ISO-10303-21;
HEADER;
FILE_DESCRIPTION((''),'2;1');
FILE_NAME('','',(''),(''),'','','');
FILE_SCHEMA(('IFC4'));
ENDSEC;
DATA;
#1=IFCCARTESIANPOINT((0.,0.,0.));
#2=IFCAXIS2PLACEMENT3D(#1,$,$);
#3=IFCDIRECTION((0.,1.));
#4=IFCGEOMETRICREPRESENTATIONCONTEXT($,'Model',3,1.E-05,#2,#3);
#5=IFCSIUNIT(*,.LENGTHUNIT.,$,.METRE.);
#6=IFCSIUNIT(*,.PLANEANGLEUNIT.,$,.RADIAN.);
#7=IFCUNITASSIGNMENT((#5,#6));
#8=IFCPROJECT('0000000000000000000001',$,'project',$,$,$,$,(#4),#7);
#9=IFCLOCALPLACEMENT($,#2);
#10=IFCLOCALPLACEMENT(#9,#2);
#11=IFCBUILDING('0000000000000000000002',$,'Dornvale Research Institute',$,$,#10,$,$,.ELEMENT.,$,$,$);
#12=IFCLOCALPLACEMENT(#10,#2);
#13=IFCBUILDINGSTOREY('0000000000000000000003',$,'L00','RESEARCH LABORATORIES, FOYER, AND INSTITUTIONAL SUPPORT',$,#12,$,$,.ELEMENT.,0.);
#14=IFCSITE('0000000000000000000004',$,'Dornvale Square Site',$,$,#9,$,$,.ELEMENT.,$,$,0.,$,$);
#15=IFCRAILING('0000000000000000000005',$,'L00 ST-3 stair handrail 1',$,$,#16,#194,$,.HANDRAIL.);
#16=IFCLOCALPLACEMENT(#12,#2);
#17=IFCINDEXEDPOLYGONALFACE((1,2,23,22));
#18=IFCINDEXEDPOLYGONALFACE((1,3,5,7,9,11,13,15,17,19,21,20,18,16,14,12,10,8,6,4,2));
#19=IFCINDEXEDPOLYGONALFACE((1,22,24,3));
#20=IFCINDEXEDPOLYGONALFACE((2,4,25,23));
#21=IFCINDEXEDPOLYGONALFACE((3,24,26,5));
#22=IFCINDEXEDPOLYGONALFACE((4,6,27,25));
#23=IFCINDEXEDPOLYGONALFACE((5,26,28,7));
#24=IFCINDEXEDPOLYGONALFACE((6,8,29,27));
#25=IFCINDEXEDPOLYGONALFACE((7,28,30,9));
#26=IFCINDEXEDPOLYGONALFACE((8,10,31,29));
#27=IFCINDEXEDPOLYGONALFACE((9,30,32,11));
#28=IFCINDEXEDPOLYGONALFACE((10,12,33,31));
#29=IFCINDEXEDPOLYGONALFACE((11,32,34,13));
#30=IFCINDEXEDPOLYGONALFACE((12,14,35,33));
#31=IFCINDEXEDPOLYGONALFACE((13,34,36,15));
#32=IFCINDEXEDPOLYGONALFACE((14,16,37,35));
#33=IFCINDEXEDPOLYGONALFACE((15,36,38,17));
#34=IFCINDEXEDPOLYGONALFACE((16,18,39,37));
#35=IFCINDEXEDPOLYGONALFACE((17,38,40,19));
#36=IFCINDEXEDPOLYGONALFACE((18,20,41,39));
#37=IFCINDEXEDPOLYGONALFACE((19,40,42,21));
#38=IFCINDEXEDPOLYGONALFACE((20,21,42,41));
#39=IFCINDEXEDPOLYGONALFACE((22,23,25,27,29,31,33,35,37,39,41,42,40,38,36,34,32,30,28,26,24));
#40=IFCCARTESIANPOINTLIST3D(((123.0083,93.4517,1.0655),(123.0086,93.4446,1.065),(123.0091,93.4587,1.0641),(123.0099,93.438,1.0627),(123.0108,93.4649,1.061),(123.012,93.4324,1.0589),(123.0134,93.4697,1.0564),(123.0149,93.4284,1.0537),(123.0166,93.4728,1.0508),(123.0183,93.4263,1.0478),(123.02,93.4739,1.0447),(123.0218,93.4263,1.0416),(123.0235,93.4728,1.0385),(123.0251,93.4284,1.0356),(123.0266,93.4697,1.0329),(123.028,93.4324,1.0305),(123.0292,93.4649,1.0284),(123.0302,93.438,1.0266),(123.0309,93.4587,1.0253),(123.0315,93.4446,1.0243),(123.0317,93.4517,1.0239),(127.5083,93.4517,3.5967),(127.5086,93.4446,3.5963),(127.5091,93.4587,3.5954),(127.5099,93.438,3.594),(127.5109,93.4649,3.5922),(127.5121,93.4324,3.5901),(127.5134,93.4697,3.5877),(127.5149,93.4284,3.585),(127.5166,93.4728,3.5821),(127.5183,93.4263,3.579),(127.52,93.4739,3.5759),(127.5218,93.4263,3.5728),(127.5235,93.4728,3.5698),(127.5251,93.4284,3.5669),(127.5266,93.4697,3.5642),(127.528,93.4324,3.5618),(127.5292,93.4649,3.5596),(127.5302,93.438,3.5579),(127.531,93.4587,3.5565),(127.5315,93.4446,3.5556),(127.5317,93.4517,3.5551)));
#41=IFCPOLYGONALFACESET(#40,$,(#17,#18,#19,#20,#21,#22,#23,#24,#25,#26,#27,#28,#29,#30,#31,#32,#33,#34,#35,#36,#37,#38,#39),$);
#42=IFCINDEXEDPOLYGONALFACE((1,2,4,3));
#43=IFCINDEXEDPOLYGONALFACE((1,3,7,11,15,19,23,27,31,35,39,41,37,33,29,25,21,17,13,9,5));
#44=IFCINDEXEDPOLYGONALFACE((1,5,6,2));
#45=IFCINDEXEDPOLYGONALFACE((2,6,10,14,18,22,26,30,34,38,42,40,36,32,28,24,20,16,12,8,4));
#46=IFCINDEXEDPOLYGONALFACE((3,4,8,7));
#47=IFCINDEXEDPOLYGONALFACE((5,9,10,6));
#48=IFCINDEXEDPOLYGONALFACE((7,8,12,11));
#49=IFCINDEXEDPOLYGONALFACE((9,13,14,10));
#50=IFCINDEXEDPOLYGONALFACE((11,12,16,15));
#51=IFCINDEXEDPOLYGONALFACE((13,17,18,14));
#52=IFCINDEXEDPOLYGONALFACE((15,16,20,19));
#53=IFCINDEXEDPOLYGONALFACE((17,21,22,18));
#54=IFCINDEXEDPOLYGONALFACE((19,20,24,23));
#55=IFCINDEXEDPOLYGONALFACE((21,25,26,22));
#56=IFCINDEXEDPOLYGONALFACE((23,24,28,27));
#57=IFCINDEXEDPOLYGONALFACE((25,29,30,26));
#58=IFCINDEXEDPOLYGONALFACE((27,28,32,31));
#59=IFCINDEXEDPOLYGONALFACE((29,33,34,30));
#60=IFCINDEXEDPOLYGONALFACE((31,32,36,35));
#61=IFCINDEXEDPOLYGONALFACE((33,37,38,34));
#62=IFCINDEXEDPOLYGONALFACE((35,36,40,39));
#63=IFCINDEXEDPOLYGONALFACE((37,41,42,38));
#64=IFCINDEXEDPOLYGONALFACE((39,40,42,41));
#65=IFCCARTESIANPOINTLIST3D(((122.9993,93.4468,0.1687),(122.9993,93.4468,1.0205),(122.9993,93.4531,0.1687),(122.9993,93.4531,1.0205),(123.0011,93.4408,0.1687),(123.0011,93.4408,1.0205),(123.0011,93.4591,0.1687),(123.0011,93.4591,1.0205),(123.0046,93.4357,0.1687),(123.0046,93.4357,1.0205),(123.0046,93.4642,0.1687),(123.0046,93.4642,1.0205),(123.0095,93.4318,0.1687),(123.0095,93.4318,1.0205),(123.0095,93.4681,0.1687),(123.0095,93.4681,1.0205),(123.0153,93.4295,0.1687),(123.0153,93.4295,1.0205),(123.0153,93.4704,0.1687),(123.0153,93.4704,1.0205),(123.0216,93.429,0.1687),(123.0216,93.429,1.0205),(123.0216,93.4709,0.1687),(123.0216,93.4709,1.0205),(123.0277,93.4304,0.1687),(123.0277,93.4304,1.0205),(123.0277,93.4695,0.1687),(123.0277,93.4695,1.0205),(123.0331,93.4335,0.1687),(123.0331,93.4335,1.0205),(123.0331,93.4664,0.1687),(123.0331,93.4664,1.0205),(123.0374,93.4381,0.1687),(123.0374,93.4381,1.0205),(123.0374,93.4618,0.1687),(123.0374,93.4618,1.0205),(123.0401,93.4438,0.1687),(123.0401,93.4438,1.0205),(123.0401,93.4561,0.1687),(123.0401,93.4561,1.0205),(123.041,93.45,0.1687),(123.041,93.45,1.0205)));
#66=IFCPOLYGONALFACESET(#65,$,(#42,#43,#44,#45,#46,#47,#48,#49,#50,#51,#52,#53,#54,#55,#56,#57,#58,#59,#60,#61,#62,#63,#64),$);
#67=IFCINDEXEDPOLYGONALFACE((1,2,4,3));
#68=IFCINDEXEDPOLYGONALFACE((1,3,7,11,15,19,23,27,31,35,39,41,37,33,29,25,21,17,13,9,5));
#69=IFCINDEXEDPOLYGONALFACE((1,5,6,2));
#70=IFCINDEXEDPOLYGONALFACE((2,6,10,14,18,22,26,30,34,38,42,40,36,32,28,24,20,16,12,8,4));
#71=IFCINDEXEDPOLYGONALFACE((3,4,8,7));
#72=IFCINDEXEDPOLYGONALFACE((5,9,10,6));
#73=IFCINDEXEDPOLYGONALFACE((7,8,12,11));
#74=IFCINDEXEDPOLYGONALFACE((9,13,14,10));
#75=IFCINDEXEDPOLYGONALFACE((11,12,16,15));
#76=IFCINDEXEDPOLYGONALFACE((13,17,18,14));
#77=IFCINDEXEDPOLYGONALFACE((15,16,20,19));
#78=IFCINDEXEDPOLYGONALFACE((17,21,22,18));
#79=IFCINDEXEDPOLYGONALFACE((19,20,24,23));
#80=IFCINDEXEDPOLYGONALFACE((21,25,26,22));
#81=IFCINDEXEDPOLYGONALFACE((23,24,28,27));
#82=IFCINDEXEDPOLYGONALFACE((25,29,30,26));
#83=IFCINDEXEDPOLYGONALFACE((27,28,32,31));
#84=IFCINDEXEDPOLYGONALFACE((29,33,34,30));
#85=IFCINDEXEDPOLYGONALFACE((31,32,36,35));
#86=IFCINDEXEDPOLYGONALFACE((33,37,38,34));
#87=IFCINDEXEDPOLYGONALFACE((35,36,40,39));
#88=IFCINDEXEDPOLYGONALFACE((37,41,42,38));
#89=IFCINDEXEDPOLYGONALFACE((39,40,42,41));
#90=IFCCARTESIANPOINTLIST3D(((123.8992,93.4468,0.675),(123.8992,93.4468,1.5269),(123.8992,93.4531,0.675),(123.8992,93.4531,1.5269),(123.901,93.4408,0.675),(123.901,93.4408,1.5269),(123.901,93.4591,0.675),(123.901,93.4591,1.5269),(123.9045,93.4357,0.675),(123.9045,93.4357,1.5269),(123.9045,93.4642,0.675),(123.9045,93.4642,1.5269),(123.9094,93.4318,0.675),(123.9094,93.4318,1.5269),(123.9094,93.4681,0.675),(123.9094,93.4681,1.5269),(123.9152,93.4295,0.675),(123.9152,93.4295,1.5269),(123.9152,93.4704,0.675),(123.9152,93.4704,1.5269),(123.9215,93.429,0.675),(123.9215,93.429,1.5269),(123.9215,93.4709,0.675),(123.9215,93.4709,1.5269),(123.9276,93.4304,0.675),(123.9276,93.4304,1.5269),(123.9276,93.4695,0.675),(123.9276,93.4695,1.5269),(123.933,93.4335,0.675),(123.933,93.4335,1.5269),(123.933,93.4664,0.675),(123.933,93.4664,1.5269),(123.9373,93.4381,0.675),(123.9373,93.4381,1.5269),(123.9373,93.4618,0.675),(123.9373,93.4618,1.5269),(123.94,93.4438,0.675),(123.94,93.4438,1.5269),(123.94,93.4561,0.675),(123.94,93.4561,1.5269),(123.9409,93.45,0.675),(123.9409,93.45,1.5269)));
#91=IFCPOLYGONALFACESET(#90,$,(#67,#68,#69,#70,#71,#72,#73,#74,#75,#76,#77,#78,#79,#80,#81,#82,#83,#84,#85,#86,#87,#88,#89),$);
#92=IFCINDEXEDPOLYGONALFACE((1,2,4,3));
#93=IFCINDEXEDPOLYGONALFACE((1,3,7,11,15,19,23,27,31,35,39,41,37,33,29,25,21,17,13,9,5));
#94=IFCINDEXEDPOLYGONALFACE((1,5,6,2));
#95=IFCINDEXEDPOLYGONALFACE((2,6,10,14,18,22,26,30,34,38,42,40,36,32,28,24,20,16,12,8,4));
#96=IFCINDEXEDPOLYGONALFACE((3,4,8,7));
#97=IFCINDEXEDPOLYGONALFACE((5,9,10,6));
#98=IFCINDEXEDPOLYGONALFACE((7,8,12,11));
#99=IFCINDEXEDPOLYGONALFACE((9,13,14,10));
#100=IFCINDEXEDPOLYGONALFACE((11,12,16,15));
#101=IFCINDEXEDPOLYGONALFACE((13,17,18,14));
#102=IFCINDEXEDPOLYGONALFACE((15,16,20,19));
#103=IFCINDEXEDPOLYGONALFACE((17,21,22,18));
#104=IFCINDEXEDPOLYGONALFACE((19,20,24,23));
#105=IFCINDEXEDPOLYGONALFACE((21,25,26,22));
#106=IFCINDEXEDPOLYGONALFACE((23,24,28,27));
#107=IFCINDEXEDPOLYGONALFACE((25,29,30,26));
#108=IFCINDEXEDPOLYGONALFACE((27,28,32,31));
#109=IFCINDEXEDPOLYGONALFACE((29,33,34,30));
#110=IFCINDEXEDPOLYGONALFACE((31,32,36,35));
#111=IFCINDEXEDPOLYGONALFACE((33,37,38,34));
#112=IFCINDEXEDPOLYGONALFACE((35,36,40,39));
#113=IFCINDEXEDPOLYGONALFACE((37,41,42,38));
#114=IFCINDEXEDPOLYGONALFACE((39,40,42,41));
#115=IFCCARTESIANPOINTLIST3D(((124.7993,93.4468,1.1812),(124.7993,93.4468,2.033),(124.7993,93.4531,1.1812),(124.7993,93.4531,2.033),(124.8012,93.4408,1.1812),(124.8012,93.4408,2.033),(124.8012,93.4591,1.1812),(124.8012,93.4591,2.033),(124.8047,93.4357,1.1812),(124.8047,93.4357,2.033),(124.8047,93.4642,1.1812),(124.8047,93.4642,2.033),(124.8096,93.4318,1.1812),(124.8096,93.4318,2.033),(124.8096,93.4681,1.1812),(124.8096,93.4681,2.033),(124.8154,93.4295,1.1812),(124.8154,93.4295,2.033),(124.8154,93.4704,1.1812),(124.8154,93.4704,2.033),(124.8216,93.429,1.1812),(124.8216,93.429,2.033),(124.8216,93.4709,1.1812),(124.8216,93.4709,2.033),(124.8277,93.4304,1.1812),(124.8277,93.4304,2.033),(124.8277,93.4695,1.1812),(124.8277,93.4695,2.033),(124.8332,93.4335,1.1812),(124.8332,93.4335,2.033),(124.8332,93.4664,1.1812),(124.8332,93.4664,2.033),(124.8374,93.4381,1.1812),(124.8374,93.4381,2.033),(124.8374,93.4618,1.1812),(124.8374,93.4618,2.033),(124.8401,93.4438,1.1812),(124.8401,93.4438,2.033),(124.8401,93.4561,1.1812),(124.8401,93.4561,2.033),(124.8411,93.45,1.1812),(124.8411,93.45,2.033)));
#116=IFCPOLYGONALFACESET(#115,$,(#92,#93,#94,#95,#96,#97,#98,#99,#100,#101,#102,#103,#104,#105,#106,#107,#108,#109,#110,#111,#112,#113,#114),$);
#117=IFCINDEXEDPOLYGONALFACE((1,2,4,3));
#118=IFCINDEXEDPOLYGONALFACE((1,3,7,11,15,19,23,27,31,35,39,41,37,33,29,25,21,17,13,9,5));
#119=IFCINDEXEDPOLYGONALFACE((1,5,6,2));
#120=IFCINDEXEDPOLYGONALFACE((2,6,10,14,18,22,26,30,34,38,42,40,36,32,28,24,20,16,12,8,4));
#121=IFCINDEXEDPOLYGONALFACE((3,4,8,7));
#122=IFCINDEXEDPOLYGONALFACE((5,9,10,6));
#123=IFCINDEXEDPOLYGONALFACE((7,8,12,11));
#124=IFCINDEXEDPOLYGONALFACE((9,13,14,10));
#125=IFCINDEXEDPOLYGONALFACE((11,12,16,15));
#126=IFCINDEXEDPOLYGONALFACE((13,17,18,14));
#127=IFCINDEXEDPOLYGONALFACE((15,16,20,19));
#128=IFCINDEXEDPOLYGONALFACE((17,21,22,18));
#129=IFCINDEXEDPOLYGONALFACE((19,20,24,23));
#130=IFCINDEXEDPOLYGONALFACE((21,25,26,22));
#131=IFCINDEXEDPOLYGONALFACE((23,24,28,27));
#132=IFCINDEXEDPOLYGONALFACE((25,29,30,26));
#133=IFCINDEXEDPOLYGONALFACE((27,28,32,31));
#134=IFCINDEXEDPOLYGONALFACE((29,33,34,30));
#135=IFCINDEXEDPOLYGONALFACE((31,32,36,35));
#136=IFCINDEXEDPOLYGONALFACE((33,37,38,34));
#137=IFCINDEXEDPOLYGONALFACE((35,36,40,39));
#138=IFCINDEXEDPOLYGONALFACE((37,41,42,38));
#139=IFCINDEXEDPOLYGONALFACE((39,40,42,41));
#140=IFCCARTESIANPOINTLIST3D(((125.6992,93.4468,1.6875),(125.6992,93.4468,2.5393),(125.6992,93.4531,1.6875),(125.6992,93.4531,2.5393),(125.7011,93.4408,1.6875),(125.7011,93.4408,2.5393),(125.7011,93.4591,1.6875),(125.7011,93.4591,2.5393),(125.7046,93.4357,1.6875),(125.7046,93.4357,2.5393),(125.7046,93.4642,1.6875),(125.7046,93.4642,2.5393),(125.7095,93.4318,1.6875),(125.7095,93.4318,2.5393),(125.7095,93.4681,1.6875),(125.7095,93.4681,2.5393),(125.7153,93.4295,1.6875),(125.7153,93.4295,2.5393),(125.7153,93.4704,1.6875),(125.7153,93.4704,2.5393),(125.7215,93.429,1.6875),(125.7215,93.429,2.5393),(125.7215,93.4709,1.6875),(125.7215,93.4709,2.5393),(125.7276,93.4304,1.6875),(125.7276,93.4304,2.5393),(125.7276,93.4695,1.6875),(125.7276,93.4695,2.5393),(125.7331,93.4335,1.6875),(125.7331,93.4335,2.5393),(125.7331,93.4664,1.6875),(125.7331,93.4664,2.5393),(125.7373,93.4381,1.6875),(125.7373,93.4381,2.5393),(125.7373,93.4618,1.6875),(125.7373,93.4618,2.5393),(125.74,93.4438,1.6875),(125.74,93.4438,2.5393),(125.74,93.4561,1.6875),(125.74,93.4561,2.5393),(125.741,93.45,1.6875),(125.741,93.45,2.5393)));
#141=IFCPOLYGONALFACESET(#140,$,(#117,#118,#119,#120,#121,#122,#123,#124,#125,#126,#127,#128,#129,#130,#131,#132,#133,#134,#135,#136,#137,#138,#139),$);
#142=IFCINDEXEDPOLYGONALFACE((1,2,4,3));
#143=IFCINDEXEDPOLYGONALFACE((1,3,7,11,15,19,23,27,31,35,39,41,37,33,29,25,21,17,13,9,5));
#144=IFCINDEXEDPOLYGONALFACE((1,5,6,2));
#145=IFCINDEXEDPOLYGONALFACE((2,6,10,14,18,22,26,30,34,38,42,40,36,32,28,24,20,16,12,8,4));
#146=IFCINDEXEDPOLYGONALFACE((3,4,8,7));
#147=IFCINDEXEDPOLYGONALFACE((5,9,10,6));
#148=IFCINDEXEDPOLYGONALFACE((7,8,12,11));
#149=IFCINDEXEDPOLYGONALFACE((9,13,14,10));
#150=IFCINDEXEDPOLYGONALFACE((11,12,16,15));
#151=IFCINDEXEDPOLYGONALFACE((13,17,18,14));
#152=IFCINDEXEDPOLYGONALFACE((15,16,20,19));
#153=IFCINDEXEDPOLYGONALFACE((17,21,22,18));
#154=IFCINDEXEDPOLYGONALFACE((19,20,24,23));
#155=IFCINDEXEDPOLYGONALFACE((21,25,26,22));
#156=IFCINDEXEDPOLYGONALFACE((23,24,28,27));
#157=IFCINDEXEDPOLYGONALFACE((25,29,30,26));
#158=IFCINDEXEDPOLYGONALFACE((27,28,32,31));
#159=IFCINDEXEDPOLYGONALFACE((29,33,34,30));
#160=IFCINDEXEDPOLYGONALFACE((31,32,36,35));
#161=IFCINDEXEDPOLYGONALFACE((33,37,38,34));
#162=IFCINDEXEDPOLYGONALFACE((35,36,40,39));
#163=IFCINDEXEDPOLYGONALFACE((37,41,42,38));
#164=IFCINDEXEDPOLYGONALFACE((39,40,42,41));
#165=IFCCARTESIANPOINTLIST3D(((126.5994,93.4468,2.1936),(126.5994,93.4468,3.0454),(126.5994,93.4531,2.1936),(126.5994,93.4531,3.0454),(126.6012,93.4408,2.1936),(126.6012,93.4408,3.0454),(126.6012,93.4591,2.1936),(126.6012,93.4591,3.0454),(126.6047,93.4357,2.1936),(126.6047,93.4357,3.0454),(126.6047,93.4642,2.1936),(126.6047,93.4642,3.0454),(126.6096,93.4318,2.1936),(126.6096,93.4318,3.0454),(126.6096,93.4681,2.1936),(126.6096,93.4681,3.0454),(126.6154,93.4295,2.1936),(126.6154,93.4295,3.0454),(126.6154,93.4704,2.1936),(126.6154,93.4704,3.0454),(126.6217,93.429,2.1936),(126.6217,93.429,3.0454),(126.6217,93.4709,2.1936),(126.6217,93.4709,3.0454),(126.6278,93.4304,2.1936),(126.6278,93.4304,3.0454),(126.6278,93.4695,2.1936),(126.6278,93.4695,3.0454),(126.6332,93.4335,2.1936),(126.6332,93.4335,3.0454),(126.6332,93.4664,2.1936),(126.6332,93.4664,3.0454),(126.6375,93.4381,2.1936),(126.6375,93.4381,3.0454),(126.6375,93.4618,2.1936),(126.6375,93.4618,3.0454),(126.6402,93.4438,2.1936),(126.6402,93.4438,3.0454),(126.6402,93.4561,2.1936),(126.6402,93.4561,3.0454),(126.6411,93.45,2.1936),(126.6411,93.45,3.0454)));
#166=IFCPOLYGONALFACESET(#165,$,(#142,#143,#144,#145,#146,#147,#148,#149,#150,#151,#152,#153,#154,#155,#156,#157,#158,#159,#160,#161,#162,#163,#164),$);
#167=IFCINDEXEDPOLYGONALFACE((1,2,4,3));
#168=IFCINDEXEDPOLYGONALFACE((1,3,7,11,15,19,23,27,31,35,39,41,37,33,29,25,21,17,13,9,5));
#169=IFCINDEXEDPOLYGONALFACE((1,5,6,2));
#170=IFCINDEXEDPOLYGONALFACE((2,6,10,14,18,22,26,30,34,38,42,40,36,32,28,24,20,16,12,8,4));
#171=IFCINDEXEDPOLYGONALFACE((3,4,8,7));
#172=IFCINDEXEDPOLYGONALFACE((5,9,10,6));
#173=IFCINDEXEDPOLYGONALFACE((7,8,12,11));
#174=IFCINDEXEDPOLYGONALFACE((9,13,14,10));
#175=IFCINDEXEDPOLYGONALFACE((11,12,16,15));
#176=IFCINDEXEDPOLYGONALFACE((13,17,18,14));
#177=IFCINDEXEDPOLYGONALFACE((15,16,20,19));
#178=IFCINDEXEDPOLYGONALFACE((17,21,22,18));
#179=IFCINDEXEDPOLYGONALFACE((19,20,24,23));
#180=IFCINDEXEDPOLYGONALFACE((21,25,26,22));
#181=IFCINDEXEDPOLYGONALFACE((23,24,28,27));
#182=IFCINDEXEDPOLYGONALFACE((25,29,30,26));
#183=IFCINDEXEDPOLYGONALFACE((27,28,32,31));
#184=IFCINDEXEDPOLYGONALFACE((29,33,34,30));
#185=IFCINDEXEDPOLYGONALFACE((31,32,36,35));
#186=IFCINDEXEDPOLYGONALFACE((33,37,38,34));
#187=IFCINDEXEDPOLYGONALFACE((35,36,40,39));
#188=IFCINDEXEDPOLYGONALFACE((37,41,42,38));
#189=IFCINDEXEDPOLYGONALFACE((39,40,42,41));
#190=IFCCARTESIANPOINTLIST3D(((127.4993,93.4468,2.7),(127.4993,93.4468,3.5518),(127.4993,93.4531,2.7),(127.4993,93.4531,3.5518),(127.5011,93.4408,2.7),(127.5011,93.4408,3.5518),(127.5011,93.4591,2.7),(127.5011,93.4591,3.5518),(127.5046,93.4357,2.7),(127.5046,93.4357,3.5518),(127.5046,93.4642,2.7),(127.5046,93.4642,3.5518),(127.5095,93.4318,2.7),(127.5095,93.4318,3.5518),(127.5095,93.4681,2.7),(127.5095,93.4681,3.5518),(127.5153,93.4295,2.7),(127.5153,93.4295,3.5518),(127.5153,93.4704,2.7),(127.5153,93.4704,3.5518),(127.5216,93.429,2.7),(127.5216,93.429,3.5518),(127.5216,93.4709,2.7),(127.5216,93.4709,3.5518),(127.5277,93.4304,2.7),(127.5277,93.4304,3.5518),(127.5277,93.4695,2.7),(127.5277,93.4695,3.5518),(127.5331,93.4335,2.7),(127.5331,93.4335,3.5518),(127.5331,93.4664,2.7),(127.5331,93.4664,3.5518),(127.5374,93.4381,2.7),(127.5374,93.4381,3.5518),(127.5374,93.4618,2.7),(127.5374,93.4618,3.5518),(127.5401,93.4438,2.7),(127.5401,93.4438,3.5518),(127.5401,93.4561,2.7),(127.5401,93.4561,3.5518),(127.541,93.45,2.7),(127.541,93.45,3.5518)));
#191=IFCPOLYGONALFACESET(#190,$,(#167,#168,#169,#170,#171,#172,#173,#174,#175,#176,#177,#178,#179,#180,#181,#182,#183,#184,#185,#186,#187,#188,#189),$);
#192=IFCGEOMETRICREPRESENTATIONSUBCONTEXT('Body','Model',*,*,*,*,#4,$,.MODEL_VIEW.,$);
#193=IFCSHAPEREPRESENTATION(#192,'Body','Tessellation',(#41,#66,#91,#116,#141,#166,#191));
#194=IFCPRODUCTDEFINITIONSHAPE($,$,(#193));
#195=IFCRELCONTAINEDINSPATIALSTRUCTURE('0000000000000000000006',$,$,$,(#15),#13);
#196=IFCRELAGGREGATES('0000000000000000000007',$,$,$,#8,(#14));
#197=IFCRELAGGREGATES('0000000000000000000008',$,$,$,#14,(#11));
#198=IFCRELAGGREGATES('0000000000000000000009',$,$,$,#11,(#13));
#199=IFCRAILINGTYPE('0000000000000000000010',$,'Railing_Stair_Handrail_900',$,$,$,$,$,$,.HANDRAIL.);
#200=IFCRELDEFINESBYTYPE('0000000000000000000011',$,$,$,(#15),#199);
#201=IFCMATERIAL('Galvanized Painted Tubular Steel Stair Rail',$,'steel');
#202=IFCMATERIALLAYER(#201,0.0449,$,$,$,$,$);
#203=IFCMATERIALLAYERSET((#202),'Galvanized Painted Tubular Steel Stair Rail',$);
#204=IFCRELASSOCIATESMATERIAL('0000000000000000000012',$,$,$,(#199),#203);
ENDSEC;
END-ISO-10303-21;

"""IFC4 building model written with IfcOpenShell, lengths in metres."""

from ifc_helpers import new_model, si_unit, direction, frame, origin, origin_2d, place, context, subcontext, project, spatial, circle, extrude, material, layer, layer_set, type_object, element, save


model = new_model("IFC4")

# Units and contexts
model_context = context("Model", 3, precision=1e-05, world=origin(), true_north=direction((0.0, 1.0)))
body_context = subcontext(model_context, "Body", "Model", "MODEL_VIEW")
ifc_project = project(units=[si_unit("LENGTHUNIT", "METRE"), si_unit("PLANEANGLEUNIT", "RADIAN")], contexts=[model_context])

# Site, building, storey
site_placement = place(None, origin())
site = spatial("IfcSite", under=ifc_project, at=site_placement, Name="Dornvale Square Site", CompositionType="ELEMENT", RefElevation=0.0)
building_placement = place(site_placement, origin())
building = spatial("IfcBuilding", under=site, at=building_placement, Name="Dornvale Research Institute", CompositionType="ELEMENT")
storey_placement = place(building_placement, origin())
storey = spatial("IfcBuildingStorey", under=building, at=storey_placement, Name="L00", Description="RESEARCH LABORATORIES, FOYER, AND INSTITUTIONAL SUPPORT", CompositionType="ELEMENT", Elevation=0.0)

# Railing
ifc_material_1 = material(Name="Galvanized Painted Tubular Steel Stair Rail", Category="steel")
ifc_layer_1 = layer(ifc_material_1, 0.0449)
ifc_layer_set_1 = layer_set([ifc_layer_1], Name="Galvanized Painted Tubular Steel Stair Rail")
railing_type_1 = type_object("IfcRailingType", Name="Railing_Stair_Handrail_900", PredefinedType="HANDRAIL", material=ifc_layer_set_1)
railing_1_placement = place(storey_placement, frame((123.02, 93.45, 0.1687)))
element("IfcRailing", 1, at=railing_1_placement, inside=storey, type_object=railing_type_1, Name="L00 ST-3 stair handrail 1", PredefinedType="HANDRAIL", context=body_context, shape_type="SweptSolid", body=[
    extrude(circle(Radius=0.0239, at=origin_2d()), frame((0.0, 0.0, 0.876), z_axis=(0.871576, 0.0, 0.490261), x_axis=(0.0, 1.0, 0.0)), (0.0, 0.0, 1.0), 5.1631),
    extrude(circle(Radius=0.021, at=origin_2d()), origin(), (0.0, 0.0, 1.0), 0.8518),
    extrude(circle(Radius=0.021, at=origin_2d()), frame((0.8999, 0.0, 0.5063)), (0.0, 0.0, 1.0), 0.8518),
    extrude(circle(Radius=0.021, at=origin_2d()), frame((1.8, 0.0, 1.0125)), (0.0, 0.0, 1.0), 0.8518),
    extrude(circle(Radius=0.021, at=origin_2d()), frame((2.7, 0.0, 1.5188)), (0.0, 0.0, 1.0), 0.8518),
    extrude(circle(Radius=0.021, at=origin_2d()), frame((3.6001, 0.0, 2.0249)), (0.0, 0.0, 1.0), 0.8518),
    extrude(circle(Radius=0.021, at=origin_2d()), frame((4.5, 0.0, 2.5312)), (0.0, 0.0, 1.0), 0.8518),
])

save(model, "model.ifc")
